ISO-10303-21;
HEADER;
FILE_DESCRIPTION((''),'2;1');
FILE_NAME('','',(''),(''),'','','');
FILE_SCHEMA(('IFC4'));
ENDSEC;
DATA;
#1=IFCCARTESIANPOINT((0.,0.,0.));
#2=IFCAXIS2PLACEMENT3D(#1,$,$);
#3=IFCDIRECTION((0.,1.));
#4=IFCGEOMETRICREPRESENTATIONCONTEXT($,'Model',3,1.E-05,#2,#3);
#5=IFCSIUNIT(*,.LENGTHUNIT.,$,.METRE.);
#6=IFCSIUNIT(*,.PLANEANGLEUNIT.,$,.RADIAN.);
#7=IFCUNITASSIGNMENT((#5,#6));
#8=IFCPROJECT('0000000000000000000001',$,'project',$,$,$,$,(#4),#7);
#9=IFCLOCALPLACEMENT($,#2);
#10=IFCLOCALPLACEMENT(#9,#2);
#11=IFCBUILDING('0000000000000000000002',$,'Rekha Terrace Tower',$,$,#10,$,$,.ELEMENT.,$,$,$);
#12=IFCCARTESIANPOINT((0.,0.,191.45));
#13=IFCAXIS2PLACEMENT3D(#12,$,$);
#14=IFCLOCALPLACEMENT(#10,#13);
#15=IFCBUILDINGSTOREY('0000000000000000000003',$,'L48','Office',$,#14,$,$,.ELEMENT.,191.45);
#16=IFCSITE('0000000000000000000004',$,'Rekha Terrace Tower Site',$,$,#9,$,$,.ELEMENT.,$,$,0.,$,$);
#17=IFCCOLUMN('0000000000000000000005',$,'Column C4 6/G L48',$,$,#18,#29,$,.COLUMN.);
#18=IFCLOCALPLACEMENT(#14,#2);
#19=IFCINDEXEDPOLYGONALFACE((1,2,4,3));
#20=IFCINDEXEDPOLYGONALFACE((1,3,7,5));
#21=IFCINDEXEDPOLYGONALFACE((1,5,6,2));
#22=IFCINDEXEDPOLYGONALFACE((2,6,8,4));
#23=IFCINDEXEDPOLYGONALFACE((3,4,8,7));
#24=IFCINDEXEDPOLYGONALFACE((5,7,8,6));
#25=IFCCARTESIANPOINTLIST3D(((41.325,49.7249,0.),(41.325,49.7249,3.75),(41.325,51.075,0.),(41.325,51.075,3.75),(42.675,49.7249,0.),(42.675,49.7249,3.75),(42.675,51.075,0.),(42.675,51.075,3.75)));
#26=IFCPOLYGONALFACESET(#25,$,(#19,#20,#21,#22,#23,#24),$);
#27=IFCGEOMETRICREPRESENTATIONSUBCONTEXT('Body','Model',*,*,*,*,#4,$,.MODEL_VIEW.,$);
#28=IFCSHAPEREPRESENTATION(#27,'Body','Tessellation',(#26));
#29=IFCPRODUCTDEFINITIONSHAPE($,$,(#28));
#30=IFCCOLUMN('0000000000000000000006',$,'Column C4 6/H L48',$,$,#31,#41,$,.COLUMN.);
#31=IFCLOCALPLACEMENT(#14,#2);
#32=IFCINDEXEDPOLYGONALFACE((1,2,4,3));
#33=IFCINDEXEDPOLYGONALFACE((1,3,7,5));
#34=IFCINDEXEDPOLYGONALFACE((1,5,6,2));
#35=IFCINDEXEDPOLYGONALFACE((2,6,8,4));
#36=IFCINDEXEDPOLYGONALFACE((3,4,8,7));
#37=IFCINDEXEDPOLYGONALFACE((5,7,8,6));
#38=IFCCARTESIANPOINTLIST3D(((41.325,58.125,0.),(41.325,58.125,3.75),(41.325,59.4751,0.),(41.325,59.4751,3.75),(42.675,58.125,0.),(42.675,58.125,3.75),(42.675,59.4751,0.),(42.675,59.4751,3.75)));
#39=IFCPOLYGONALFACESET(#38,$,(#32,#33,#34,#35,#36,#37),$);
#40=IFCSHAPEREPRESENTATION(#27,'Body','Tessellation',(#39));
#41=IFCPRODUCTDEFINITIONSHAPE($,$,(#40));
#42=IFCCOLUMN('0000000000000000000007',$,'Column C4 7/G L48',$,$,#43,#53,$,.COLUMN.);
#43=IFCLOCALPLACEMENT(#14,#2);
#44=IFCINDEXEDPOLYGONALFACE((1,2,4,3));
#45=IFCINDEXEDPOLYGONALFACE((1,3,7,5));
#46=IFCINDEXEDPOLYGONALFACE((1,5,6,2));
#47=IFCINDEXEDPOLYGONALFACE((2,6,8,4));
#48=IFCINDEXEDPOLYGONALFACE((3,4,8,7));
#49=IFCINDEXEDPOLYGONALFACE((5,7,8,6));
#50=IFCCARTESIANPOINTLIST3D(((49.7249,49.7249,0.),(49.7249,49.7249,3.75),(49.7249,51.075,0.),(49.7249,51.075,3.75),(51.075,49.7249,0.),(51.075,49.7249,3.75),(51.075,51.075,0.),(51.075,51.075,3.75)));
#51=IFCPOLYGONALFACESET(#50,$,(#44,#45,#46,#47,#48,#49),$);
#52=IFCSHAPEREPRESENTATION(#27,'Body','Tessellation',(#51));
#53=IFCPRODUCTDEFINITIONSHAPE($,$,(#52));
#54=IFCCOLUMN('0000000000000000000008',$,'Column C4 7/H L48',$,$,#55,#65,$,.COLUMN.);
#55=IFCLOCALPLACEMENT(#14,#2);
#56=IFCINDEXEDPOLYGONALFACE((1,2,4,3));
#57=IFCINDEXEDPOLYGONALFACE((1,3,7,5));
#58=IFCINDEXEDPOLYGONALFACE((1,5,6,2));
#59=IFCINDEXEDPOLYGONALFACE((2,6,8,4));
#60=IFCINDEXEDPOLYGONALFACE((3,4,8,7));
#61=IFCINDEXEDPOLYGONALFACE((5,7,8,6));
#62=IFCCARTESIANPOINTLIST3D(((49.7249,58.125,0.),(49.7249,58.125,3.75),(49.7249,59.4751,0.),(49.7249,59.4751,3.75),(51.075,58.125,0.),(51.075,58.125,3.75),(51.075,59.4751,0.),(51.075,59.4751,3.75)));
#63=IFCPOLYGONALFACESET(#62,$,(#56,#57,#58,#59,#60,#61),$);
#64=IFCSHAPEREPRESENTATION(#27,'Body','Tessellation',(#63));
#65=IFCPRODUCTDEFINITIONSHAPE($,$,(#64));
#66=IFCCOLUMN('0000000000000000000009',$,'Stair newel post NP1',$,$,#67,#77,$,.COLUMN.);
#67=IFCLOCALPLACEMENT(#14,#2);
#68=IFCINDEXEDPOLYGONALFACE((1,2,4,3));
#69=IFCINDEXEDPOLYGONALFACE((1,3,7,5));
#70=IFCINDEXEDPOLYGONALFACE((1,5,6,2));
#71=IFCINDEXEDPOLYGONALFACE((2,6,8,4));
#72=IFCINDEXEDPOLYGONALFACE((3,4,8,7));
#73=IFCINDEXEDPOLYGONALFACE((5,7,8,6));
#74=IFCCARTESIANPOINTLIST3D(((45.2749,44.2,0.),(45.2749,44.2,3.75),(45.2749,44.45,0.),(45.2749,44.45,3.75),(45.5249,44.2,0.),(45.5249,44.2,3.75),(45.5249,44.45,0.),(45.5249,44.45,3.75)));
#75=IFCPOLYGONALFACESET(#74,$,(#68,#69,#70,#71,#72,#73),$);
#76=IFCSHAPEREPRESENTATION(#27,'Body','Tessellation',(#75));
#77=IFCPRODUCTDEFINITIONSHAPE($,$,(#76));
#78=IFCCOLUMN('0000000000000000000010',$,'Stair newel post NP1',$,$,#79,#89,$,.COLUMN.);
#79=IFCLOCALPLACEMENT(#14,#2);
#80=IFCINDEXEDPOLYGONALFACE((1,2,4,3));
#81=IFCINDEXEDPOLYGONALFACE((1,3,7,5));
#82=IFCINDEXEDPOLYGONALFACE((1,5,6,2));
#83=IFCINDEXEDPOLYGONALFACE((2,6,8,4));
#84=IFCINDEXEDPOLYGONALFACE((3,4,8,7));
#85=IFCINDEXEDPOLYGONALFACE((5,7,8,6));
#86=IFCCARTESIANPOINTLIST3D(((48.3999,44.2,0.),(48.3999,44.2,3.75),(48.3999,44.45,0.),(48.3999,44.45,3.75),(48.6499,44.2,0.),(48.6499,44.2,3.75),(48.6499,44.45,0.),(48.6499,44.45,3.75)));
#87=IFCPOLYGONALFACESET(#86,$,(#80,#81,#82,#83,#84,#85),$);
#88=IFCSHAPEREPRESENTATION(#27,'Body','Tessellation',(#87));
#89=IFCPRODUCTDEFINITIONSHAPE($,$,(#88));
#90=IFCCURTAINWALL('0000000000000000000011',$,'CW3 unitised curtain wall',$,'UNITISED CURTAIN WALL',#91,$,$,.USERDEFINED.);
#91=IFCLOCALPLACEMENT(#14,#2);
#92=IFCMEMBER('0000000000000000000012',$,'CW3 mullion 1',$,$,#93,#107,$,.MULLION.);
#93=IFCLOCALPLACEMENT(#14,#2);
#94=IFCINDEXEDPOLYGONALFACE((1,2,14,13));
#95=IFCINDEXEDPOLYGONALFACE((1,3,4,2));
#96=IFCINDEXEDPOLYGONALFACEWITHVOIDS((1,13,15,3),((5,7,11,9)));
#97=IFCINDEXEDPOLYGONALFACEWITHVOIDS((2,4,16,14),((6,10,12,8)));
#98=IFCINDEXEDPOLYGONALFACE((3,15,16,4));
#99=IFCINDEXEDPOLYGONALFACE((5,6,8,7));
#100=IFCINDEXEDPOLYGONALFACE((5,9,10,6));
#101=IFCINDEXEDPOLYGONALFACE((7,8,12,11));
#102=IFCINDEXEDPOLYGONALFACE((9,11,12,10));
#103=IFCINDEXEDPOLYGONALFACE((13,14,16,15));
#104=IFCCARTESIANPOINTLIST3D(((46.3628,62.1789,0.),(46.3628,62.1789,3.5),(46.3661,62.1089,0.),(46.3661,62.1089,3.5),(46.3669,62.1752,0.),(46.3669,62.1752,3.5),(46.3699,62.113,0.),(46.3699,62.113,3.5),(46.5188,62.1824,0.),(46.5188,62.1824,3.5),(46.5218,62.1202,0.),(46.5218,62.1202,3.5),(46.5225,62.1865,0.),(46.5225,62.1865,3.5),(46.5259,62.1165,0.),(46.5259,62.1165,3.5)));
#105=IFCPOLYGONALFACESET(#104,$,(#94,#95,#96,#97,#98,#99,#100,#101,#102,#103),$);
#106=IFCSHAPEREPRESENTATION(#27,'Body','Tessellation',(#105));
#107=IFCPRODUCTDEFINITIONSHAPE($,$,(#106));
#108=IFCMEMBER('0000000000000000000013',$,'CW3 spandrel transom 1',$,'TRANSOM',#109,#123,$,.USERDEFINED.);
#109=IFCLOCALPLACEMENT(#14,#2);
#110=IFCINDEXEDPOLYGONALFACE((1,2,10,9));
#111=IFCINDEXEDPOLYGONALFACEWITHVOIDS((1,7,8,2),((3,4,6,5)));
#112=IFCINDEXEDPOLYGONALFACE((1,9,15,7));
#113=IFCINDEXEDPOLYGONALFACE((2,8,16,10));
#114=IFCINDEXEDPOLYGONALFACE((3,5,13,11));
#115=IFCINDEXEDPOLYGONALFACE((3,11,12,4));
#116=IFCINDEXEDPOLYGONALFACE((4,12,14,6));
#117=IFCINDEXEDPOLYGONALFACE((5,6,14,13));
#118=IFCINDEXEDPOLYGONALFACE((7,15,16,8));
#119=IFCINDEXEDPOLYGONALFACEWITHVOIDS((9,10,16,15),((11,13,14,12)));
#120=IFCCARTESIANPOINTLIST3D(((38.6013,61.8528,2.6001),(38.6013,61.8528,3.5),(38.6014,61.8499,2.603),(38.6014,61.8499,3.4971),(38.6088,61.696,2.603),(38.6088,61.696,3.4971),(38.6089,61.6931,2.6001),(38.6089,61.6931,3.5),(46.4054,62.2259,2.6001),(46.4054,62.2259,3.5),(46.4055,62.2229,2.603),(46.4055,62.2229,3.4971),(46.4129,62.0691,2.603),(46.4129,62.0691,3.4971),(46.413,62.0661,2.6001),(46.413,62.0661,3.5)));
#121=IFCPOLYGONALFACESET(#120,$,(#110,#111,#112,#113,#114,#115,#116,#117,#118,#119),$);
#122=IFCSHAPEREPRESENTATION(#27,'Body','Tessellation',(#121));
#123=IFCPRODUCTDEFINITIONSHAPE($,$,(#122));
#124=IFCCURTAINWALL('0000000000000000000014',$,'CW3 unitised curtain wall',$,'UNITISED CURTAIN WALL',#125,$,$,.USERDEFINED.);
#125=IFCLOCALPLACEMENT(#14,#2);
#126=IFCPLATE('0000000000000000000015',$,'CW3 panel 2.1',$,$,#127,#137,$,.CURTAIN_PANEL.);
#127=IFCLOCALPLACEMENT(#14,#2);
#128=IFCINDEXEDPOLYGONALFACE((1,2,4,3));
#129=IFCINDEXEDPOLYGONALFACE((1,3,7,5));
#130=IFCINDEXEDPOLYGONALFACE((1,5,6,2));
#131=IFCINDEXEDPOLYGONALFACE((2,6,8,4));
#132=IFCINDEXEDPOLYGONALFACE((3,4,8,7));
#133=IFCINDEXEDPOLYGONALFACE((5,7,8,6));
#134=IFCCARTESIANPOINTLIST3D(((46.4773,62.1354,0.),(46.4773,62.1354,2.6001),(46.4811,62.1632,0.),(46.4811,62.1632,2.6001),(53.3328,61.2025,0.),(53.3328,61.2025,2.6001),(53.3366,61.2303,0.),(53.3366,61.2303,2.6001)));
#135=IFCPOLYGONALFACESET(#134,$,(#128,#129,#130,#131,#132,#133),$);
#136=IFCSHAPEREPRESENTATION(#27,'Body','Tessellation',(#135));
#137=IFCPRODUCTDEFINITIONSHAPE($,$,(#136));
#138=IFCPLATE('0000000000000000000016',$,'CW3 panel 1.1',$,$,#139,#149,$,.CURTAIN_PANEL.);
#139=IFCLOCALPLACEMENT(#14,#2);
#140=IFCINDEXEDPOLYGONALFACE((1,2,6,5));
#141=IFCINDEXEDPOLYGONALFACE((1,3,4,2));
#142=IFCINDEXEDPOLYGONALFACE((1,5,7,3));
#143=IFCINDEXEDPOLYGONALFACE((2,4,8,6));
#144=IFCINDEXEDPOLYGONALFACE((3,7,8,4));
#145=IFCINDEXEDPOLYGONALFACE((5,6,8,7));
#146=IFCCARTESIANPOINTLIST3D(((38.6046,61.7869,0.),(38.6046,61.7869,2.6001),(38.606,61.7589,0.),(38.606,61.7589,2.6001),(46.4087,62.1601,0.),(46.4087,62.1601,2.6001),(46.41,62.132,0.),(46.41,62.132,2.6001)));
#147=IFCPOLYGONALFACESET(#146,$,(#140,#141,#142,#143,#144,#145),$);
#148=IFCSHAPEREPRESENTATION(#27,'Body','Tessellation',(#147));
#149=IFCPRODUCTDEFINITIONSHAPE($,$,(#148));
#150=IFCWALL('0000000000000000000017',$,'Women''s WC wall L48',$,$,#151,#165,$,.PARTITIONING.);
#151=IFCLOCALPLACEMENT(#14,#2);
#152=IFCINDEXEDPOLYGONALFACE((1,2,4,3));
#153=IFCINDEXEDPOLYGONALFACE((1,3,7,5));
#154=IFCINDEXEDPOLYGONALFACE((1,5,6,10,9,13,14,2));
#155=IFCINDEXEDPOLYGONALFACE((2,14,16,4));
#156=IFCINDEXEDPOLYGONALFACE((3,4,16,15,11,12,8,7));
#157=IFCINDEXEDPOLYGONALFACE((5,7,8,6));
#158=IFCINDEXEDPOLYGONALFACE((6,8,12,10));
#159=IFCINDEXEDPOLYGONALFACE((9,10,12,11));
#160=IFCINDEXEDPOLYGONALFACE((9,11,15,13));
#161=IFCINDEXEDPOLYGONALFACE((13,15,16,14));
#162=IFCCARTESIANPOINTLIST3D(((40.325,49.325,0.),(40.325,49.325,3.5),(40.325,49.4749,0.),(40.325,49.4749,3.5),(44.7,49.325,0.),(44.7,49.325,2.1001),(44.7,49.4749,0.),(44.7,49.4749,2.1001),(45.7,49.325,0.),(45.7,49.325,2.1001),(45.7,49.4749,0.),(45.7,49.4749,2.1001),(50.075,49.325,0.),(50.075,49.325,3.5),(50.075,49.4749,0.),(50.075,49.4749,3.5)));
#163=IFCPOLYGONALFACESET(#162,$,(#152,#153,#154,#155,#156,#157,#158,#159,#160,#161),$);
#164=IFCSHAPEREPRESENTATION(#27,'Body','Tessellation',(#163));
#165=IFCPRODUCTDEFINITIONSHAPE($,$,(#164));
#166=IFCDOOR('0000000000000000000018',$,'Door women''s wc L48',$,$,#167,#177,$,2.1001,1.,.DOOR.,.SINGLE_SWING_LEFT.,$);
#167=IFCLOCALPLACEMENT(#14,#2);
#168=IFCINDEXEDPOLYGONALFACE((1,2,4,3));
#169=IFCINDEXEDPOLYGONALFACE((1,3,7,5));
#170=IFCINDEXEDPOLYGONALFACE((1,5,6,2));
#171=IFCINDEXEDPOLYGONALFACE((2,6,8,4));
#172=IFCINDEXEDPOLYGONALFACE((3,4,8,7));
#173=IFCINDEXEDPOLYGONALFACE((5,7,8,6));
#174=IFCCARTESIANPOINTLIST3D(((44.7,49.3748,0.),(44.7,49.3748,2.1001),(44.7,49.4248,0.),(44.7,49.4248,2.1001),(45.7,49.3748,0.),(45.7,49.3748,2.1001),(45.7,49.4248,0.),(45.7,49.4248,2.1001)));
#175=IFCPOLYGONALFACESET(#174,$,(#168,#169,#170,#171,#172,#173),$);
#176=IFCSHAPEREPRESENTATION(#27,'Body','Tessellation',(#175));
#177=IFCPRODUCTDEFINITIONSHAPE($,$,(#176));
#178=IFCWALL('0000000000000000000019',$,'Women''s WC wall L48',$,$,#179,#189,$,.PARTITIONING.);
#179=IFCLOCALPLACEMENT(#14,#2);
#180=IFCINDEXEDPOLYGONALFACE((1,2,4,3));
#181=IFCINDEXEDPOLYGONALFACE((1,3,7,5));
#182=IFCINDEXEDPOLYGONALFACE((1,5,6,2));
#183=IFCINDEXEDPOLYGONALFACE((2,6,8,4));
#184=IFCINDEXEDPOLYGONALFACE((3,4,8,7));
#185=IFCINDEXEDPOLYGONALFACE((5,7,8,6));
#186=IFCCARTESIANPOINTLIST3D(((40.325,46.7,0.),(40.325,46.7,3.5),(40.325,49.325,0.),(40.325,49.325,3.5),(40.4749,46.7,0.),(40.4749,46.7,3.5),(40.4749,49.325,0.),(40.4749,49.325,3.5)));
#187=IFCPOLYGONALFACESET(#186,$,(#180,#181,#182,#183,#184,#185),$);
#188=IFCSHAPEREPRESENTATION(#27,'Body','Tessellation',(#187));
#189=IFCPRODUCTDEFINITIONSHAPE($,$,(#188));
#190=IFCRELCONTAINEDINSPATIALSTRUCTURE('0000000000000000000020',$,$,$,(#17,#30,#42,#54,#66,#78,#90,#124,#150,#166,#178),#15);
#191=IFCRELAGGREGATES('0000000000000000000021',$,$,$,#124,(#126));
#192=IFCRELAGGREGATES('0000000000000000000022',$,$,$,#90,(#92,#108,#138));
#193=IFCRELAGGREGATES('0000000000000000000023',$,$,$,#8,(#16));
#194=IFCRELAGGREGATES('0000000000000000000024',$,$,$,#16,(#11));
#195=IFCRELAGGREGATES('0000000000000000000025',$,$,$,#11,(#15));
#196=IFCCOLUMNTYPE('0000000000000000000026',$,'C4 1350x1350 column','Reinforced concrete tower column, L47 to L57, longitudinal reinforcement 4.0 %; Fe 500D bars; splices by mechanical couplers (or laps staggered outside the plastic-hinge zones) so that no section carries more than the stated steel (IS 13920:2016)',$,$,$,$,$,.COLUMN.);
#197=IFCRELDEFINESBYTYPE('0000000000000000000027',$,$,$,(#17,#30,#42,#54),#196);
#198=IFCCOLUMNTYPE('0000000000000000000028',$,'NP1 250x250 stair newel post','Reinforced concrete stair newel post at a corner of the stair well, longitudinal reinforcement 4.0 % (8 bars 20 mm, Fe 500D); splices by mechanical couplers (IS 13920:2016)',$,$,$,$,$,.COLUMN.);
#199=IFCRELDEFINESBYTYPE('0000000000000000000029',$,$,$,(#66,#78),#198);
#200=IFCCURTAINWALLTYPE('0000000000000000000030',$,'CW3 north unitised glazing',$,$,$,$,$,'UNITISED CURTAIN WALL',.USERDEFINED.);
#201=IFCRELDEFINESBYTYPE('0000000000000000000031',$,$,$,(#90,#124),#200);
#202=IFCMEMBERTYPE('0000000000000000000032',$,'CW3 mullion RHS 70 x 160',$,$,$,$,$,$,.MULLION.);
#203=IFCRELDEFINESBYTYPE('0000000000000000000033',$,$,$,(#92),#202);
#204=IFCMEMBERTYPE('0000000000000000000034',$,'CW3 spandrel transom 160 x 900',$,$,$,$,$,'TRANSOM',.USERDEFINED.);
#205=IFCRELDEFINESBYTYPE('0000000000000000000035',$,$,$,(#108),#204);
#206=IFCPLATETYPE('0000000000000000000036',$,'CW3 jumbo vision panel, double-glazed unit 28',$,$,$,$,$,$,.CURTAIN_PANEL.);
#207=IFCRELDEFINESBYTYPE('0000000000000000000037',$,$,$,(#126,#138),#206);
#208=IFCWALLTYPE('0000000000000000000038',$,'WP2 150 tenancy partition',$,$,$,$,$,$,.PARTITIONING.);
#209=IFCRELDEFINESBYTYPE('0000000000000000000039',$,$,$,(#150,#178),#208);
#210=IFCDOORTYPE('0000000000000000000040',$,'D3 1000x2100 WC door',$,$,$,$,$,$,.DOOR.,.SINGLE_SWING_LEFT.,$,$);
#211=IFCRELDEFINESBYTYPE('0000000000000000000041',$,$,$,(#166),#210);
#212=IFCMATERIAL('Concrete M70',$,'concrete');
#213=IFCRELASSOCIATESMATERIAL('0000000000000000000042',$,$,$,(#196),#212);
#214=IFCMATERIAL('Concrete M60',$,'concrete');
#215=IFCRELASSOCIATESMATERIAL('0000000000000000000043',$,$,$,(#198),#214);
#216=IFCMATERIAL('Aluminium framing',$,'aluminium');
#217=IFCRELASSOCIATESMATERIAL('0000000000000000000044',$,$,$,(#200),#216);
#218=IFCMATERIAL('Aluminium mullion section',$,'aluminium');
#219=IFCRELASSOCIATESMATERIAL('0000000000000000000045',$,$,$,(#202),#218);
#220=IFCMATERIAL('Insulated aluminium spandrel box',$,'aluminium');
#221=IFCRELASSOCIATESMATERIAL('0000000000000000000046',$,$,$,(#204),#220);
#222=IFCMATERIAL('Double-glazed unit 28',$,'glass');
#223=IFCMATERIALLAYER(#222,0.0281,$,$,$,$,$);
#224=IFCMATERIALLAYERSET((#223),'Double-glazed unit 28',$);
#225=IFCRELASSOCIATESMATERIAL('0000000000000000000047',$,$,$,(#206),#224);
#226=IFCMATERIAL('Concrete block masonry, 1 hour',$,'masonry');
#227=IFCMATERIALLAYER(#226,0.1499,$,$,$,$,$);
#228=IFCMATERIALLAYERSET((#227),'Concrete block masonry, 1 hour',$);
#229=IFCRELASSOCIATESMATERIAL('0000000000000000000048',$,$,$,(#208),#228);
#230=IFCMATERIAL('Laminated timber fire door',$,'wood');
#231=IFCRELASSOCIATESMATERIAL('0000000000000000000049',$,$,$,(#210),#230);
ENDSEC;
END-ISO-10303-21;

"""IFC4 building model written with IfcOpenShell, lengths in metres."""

from ifc_helpers import new_model, si_unit, direction, frame, frame_2d, origin, origin_2d, place, context, subcontext, project, spatial, rectangle, hollow_rectangle, extrude, material, layer, layer_set, material_profile, profile_set, type_object, element, fill, aggregate, save


model = new_model("IFC4")

# Units and contexts
model_context = context("Model", 3, precision=1e-05, world=origin(), true_north=direction((0.0, 1.0)))
body_context = subcontext(model_context, "Body", "Model", "MODEL_VIEW")
ifc_project = project(units=[si_unit("LENGTHUNIT", "METRE"), si_unit("PLANEANGLEUNIT", "RADIAN")], contexts=[model_context])

# Site, building, storey
site_placement = place(None, origin())
site = spatial("IfcSite", under=ifc_project, at=site_placement, Name="Rekha Terrace Tower Site", CompositionType="ELEMENT", RefElevation=0.0)
building_placement = place(site_placement, origin())
building = spatial("IfcBuilding", under=site, at=building_placement, Name="Rekha Terrace Tower", CompositionType="ELEMENT")
storey_placement = place(building_placement, frame((0.0, 0.0, 191.45)))
storey = spatial("IfcBuildingStorey", under=building, at=storey_placement, Name="L48", Description="Office", CompositionType="ELEMENT", Elevation=191.45)

# Columns
ifc_material_1 = material(Name="Concrete M70", Category="concrete")
ifc_material_profile_1 = material_profile(ifc_material_1, rectangle(XDim=1.3501, YDim=1.3501, at=origin_2d()), Name="RC 1350x1350")
ifc_profile_set_1 = profile_set([ifc_material_profile_1], Name="Concrete M70")
column_type_1 = type_object("IfcColumnType", Name="C4 1350x1350 column", Description="Reinforced concrete tower column, L47 to L57, longitudinal reinforcement 4.0 %; Fe 500D bars; splices by mechanical couplers (or laps staggered outside the plastic-hinge zones) so that no section carries more than the stated steel (IS 13920:2016)", PredefinedType="COLUMN", material=ifc_profile_set_1)
for number, where, z_axis, x_axis, name in (
    (1, (42.0, 50.3999, 0.0), (0.0, 0.0, 1.0), (1.0, 0.0, 0.0), "Column C4 6/G L48"),
    (2, (42.0, 58.8, 0.0), (0.0, 0.0, 1.0), (1.0, 0.0, 0.0), "Column C4 6/H L48"),
    (3, (50.3999, 50.3999, 0.0), (0.0, 0.0, 1.0), (1.0, 0.0, 0.0), "Column C4 7/G L48"),
    (4, (50.3999, 58.8, 0.0), (0.0, 0.0, 1.0), (1.0, 0.0, 0.0), "Column C4 7/H L48"),
):
    element("IfcColumn", number, at=place(storey_placement, frame(where, z_axis=z_axis, x_axis=x_axis)), inside=storey, type_object=column_type_1, Name=name, PredefinedType="COLUMN", context=body_context, shape_type="SweptSolid", body=[
        extrude(rectangle(XDim=1.3501, YDim=1.3501, at=origin_2d()), origin(), (0.0, 0.0, 1.0), 3.75),
    ])
ifc_material_2 = material(Name="Concrete M60", Category="concrete")
ifc_material_profile_2 = material_profile(ifc_material_2, rectangle(XDim=0.25, YDim=0.25, at=origin_2d()), Name="RC 250x250")
ifc_profile_set_2 = profile_set([ifc_material_profile_2], Name="Concrete M60")
column_type_2 = type_object("IfcColumnType", Name="NP1 250x250 stair newel post", Description="Reinforced concrete stair newel post at a corner of the stair well, longitudinal reinforcement 4.0 % (8 bars 20 mm, Fe 500D); splices by mechanical couplers (IS 13920:2016)", PredefinedType="COLUMN", material=ifc_profile_set_2)
for number, where, z_axis, x_axis, name in (
    (5, (45.3999, 44.325, 0.0), (0.0, 0.0, 1.0), (1.0, 0.0, 0.0), "Stair newel post NP1"),
    (6, (48.5249, 44.325, 0.0), (0.0, 0.0, 1.0), (1.0, 0.0, 0.0), "Stair newel post NP1"),
):
    element("IfcColumn", number, at=place(storey_placement, frame(where, z_axis=z_axis, x_axis=x_axis)), inside=storey, type_object=column_type_2, Name=name, PredefinedType="COLUMN", context=body_context, shape_type="SweptSolid", body=[
        extrude(rectangle(XDim=0.25, YDim=0.25, at=origin_2d()), origin(), (0.0, 0.0, 1.0), 3.75),
    ])

# Curtain wall, members
ifc_material_3 = material(Name="Aluminium framing", Category="aluminium")
curtain_wall_type = type_object("IfcCurtainWallType", Name="CW3 north unitised glazing", ElementType="UNITISED CURTAIN WALL", PredefinedType="USERDEFINED", material=ifc_material_3)
curtain_wall_1_placement = place(storey_placement, origin())
curtain_wall_1 = element("IfcCurtainWall", 7, at=curtain_wall_1_placement, inside=storey, type_object=curtain_wall_type, Name="CW3 unitised curtain wall", ObjectType="UNITISED CURTAIN WALL", PredefinedType="USERDEFINED")
ifc_material_4 = material(Name="Aluminium mullion section", Category="aluminium")
ifc_material_profile_3 = material_profile(ifc_material_4, hollow_rectangle(XDim=0.0701, YDim=0.1599, WallThickness=0.0039, at=origin_2d()), Name="AL RHS 70x160")
ifc_profile_set_3 = profile_set([ifc_material_profile_3], Name="Aluminium mullion section")
member_type_1 = type_object("IfcMemberType", Name="CW3 mullion RHS 70 x 160", PredefinedType="MULLION", material=ifc_profile_set_3)
member_1_placement = place(storey_placement, frame((46.4443, 62.1477, 0.0), z_axis=(0.0, 0.0, 1.0), x_axis=(0.047759, -0.998859, 0.0)))
member_1 = element("IfcMember", 8, at=member_1_placement, type_object=member_type_1, Name="CW3 mullion 1", PredefinedType="MULLION", context=body_context, shape_type="SweptSolid", body=[
    extrude(hollow_rectangle(XDim=0.0701, YDim=0.1599, WallThickness=0.0039, at=origin_2d()), origin(), (0.0, 0.0, 1.0), 3.5),
])
ifc_material_5 = material(Name="Insulated aluminium spandrel box", Category="aluminium")
ifc_material_profile_4 = material_profile(ifc_material_5, hollow_rectangle(XDim=0.1599, YDim=0.8999, WallThickness=0.0029, at=origin_2d()), Name="AL SPANDREL BOX 160x900")
ifc_profile_set_4 = profile_set([ifc_material_profile_4], Name="Insulated aluminium spandrel box")
member_type_2 = type_object("IfcMemberType", Name="CW3 spandrel transom 160 x 900", ElementType="TRANSOM", PredefinedType="USERDEFINED", material=ifc_profile_set_4)
member_2_placement = place(storey_placement, frame((46.4092, 62.146, 3.05), z_axis=(-0.998859, -0.047748, 0.0), x_axis=(0.047748, -0.998859, 0.0)))
member_2 = element("IfcMember", 9, at=member_2_placement, type_object=member_type_2, Name="CW3 spandrel transom 1", ObjectType="TRANSOM", PredefinedType="USERDEFINED", context=body_context, shape_type="SweptSolid", body=[
    extrude(hollow_rectangle(XDim=0.1599, YDim=0.8999, WallThickness=0.0029, at=origin_2d()), origin(), (0.0, 0.0, 1.0), 7.813),
])

# Curtain wall, plate
curtain_wall_2_placement = place(storey_placement, origin())
curtain_wall_2 = element("IfcCurtainWall", 10, at=curtain_wall_2_placement, inside=storey, type_object=curtain_wall_type, Name="CW3 unitised curtain wall", ObjectType="UNITISED CURTAIN WALL", PredefinedType="USERDEFINED")
ifc_material_6 = material(Name="Double-glazed unit 28", Category="glass")
ifc_layer_1 = layer(ifc_material_6, 0.0281)
ifc_layer_set_1 = layer_set([ifc_layer_1], Name="Double-glazed unit 28")
plate_type = type_object("IfcPlateType", Name="CW3 jumbo vision panel, double-glazed unit 28", PredefinedType="CURTAIN_PANEL", material=ifc_layer_set_1)
plate_1_placement = place(storey_placement, frame((49.907, 61.6829, 0.0), z_axis=(0.0, 0.0, 1.0), x_axis=(-0.990867, 0.134841, 0.0)))
plate_1 = element("IfcPlate", 11, at=plate_1_placement, type_object=plate_type, Name="CW3 panel 2.1", PredefinedType="CURTAIN_PANEL", context=body_context, shape_type="SweptSolid", body=[
    extrude(rectangle(XDim=6.9187, YDim=0.0281, at=origin_2d()), origin(), (0.0, 0.0, 1.0), 2.6001),
])
aggregate(curtain_wall_2, [plate_1])

# Plate
plate_2_placement = place(storey_placement, frame((42.5073, 61.9595, 0.0), z_axis=(0.0, 0.0, 1.0), x_axis=(-0.998859, -0.047759, 0.0)))
plate_2 = element("IfcPlate", 12, at=plate_2_placement, type_object=plate_type, Name="CW3 panel 1.1", PredefinedType="CURTAIN_PANEL", context=body_context, shape_type="SweptSolid", body=[
    extrude(rectangle(XDim=7.813, YDim=0.0281, at=origin_2d()), origin(), (0.0, 0.0, 1.0), 2.6001),
])
aggregate(curtain_wall_1, [member_1, member_2, plate_2])

# Wall, opening, door
ifc_material_7 = material(Name="Concrete block masonry, 1 hour", Category="masonry")
ifc_layer_2 = layer(ifc_material_7, 0.1499)
ifc_layer_set_2 = layer_set([ifc_layer_2], Name="Concrete block masonry, 1 hour")
wall_type_1 = type_object("IfcWallType", Name="WP2 150 tenancy partition", PredefinedType="PARTITIONING", material=ifc_layer_set_2)
wall_1_placement = place(storey_placement, frame((40.325, 49.3999, 0.0), z_axis=(0.0, 0.0, 1.0), x_axis=(1.0, 0.0, 0.0)))
wall_1 = element("IfcWall", 13, at=wall_1_placement, inside=storey, type_object=wall_type_1, Name="Women's WC wall L48", PredefinedType="PARTITIONING", context=body_context, shape_type="SweptSolid", body=[
    extrude(rectangle(XDim=9.75, YDim=0.1499, at=frame_2d((4.875, 0.0))), origin(), (0.0, 0.0, 1.0), 3.5),
])
opening_1_placement = place(wall_1_placement, frame((4.375, 0.0, 0.0)))
opening_1 = element("IfcOpeningElement", 14, at=opening_1_placement, cuts=wall_1, PredefinedType="OPENING", context=body_context, shape_type="SweptSolid", body=[
    extrude(rectangle(XDim=1.0, YDim=2.1001, at=frame_2d((0.5, 1.05))), frame((0.0, 0.085, 0.0), z_axis=(0.0, -1.0, 0.0), x_axis=(1.0, 0.0, 0.0)), (0.0, 0.0, 1.0), 0.1699),
])
ifc_material_8 = material(Name="Laminated timber fire door", Category="wood")
door_type_1 = type_object("IfcDoorType", Name="D3 1000x2100 WC door", OperationType="SINGLE_SWING_LEFT", PredefinedType="DOOR", material=ifc_material_8)
door_1_placement = place(opening_1_placement, origin())
door_1 = element("IfcDoor", 15, at=door_1_placement, inside=storey, type_object=door_type_1, Name="Door women's wc L48", OperationType="SINGLE_SWING_LEFT", OverallHeight=2.1001, OverallWidth=1.0, PredefinedType="DOOR", context=body_context, shape_type="SweptSolid", body=[
    extrude(rectangle(XDim=1.0, YDim=2.1001, at=frame_2d((0.5, 1.05))), frame((0.0, 0.0249, 0.0), z_axis=(0.0, -1.0, 0.0), x_axis=(1.0, 0.0, 0.0)), (0.0, 0.0, 1.0), 0.05),
])
fill(opening_1, door_1)

# Wall
for number, where, z_axis, x_axis, name in (
    (16, (40.3999, 46.7, 0.0), (0.0, 0.0, 1.0), (0.0, 1.0, 0.0), "Women's WC wall L48"),
):
    element("IfcWall", number, at=place(storey_placement, frame(where, z_axis=z_axis, x_axis=x_axis)), inside=storey, type_object=wall_type_1, Name=name, PredefinedType="PARTITIONING", context=body_context, shape_type="SweptSolid", body=[
        extrude(rectangle(XDim=2.625, YDim=0.1499, at=frame_2d((1.3125, 0.0))), origin(), (0.0, 0.0, 1.0), 3.5),
    ])

save(model, "model.ifc")
